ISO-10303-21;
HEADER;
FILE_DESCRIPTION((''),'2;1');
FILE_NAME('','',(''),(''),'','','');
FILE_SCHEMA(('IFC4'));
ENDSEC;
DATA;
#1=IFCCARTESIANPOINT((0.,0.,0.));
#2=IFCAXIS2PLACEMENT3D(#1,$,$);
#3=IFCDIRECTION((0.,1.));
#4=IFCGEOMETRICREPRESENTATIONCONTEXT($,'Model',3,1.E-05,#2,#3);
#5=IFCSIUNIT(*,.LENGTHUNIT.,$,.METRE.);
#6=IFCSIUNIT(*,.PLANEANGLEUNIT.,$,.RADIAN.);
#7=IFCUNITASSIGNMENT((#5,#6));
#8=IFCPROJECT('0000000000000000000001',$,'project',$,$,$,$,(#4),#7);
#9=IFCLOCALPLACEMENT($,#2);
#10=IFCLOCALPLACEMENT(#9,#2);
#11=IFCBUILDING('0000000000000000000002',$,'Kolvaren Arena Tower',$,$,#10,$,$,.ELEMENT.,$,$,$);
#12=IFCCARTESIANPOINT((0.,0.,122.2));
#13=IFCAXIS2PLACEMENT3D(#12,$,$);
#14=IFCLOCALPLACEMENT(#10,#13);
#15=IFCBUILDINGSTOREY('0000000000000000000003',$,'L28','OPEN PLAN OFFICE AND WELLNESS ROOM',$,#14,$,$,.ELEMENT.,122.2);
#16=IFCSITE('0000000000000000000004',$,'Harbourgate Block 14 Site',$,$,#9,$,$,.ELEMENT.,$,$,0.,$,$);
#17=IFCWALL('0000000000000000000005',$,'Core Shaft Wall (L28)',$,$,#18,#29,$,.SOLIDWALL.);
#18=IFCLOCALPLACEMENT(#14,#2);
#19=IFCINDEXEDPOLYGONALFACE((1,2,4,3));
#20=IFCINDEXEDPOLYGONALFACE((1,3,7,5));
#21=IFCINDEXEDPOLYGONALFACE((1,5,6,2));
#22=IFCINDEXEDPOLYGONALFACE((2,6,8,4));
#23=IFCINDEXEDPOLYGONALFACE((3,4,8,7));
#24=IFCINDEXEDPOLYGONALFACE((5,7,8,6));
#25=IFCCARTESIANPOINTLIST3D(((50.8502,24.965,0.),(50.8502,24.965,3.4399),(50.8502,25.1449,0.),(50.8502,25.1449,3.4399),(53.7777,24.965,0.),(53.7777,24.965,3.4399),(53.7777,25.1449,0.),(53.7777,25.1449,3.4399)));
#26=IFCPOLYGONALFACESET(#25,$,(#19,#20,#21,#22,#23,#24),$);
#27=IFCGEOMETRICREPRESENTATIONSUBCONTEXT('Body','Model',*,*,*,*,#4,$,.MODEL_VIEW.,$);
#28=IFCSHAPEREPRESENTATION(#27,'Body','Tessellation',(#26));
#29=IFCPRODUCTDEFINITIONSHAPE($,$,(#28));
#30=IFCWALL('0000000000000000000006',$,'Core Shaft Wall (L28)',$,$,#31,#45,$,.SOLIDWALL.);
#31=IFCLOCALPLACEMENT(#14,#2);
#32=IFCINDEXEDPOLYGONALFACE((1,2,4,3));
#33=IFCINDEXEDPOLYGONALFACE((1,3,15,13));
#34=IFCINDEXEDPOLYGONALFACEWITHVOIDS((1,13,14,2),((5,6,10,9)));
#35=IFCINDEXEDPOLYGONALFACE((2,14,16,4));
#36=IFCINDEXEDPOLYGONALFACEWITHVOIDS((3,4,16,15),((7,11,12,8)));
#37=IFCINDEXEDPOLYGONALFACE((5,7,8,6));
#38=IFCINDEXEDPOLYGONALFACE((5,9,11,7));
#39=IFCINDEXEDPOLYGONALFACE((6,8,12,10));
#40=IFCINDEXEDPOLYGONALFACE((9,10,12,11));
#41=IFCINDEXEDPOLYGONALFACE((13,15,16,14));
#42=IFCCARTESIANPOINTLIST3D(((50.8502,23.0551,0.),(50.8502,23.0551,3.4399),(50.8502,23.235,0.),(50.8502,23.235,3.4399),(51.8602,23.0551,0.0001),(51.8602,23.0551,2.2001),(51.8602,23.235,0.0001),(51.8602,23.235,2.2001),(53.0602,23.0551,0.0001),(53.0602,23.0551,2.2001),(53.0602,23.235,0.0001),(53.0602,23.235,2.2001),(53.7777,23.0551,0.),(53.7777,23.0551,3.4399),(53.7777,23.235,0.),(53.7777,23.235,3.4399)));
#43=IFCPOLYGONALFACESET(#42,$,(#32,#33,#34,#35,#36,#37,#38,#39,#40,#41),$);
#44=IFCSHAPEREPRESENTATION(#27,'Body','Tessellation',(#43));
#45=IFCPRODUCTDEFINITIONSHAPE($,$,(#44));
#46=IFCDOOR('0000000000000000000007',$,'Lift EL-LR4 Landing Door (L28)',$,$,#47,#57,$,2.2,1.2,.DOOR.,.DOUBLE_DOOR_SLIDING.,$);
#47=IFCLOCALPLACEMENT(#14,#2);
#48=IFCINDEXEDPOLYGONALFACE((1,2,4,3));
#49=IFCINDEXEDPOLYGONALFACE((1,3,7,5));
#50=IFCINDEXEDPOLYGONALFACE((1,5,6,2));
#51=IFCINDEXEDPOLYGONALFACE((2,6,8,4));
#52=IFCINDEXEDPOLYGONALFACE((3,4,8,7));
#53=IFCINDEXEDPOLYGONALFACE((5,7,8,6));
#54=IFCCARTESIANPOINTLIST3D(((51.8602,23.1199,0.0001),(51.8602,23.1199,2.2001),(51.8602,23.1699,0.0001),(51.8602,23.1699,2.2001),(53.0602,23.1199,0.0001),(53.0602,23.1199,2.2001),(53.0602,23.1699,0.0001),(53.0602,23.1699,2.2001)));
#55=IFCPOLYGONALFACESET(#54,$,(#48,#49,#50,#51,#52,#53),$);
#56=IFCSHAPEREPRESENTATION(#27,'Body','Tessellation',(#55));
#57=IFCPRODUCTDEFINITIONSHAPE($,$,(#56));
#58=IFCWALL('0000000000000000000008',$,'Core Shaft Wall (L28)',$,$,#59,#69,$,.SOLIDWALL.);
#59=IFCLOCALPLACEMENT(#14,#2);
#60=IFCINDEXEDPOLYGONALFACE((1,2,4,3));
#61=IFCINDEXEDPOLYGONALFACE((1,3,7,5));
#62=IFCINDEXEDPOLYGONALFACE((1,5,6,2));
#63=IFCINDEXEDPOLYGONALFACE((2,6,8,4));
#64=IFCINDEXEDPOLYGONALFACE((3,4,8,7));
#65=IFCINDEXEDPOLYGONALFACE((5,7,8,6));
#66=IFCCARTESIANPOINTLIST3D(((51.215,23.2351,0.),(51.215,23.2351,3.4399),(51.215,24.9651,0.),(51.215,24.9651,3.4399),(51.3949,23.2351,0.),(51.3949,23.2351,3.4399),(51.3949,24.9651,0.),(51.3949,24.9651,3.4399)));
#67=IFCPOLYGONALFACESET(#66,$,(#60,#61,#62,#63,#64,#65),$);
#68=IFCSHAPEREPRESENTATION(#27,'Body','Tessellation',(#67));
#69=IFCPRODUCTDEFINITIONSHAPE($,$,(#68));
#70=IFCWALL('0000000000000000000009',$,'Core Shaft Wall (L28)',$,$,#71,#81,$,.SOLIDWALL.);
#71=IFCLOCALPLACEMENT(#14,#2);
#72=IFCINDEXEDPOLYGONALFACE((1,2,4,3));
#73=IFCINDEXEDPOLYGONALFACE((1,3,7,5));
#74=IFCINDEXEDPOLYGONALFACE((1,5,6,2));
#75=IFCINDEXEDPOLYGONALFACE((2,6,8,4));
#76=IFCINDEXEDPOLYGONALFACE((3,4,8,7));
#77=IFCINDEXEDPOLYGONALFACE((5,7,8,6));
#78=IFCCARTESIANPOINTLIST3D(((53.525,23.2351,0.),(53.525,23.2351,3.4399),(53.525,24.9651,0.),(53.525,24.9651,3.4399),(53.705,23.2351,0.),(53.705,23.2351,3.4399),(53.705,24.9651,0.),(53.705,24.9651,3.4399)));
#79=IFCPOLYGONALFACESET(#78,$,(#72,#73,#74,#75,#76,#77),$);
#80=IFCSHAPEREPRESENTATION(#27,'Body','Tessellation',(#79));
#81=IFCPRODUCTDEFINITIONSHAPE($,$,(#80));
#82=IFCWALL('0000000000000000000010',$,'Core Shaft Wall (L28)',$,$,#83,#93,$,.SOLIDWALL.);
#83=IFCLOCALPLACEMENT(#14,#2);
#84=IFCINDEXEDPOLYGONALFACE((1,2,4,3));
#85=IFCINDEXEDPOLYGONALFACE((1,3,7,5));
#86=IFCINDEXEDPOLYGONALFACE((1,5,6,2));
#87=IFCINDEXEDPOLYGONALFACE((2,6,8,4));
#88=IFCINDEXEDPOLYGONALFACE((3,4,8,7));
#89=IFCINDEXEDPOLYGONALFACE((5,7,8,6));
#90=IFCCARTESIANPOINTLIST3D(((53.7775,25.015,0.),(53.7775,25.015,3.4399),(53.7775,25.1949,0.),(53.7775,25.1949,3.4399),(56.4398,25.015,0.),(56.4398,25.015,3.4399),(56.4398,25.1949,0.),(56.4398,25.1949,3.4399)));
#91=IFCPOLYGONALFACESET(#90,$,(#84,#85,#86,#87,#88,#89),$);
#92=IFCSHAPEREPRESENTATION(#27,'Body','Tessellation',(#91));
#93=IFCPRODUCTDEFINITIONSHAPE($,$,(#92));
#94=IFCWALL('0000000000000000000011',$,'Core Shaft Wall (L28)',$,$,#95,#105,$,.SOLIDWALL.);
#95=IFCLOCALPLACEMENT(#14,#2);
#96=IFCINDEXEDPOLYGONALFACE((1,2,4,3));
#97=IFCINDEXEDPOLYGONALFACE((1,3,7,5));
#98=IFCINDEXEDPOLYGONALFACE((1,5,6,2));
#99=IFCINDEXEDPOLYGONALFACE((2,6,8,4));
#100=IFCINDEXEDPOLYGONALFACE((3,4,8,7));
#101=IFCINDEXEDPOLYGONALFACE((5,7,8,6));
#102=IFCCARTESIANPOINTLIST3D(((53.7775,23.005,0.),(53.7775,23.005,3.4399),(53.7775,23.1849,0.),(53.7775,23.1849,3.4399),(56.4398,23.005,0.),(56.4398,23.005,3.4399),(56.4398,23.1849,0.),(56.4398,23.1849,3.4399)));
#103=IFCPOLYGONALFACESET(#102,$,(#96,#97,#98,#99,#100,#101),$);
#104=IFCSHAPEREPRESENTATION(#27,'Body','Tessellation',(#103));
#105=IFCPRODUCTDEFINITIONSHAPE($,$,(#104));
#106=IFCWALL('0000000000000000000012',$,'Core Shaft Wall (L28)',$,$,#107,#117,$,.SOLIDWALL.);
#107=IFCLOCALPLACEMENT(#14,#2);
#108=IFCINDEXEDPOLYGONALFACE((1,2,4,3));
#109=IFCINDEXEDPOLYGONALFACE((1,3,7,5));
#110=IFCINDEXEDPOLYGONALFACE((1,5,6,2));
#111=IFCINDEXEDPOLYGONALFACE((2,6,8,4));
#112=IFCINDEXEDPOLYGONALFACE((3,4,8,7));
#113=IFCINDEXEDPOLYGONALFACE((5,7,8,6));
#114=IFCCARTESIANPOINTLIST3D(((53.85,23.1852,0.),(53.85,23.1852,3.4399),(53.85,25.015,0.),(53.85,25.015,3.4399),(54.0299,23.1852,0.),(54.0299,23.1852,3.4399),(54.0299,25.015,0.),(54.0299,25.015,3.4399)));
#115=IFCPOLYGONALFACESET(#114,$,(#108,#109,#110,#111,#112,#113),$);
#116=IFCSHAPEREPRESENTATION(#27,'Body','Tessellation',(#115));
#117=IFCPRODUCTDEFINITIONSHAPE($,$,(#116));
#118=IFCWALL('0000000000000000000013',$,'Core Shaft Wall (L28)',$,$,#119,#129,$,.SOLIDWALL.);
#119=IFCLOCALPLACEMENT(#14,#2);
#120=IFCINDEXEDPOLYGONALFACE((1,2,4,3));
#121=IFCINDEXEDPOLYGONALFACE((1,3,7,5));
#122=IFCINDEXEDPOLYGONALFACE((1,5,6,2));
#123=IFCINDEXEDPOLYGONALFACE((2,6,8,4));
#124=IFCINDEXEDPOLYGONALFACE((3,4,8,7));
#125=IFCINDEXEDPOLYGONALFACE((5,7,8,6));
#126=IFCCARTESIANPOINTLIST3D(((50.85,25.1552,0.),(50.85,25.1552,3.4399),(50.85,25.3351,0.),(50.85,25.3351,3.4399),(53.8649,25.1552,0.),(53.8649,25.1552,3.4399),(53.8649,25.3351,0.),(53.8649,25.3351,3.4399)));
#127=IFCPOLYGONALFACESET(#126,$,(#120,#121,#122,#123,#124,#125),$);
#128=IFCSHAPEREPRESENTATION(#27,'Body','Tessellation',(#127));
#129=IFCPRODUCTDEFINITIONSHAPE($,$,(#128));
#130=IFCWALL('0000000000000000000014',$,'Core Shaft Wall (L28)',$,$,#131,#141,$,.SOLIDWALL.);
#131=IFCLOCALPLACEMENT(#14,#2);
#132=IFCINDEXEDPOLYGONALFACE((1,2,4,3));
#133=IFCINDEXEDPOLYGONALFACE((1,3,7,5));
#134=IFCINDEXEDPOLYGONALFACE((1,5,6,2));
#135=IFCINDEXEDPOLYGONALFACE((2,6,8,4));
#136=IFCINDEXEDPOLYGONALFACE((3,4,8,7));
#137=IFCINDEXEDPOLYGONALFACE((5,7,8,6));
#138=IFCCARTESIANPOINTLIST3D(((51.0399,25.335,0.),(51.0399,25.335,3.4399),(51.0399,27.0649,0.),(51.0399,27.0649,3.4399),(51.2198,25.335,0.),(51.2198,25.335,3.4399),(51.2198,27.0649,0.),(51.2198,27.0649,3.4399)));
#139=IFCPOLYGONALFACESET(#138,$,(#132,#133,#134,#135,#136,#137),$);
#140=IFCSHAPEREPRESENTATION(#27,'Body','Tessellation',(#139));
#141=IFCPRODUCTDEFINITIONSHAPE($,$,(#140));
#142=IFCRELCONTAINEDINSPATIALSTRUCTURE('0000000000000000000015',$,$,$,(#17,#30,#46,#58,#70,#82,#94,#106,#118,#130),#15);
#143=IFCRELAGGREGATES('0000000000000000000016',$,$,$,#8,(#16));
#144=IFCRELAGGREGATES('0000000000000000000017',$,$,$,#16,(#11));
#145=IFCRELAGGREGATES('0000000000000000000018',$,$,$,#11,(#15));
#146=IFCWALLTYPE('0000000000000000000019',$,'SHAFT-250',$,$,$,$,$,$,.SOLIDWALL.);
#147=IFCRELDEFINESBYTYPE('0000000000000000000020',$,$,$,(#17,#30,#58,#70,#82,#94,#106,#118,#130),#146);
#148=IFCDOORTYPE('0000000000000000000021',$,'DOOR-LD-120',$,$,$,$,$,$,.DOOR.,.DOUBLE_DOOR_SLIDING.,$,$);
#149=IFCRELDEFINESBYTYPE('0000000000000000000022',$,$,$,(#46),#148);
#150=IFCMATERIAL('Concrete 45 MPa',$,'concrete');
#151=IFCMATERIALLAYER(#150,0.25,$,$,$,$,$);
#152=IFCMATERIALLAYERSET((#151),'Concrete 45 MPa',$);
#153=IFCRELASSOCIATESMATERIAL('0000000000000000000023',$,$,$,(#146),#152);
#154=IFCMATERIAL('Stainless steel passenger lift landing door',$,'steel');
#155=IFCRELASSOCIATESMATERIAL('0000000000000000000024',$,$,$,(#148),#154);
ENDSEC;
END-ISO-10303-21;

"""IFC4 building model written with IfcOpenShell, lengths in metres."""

from ifc_helpers import new_model, si_unit, direction, frame, frame_2d, origin, place, context, subcontext, project, spatial, rectangle, extrude, material, layer, layer_set, type_object, element, fill, save


model = new_model("IFC4")

# Units and contexts
model_context = context("Model", 3, precision=1e-05, world=origin(), true_north=direction((0.0, 1.0)))
body_context = subcontext(model_context, "Body", "Model", "MODEL_VIEW")
ifc_project = project(units=[si_unit("LENGTHUNIT", "METRE"), si_unit("PLANEANGLEUNIT", "RADIAN")], contexts=[model_context])

# Site, building, storey
site_placement = place(None, origin())
site = spatial("IfcSite", under=ifc_project, at=site_placement, Name="Harbourgate Block 14 Site", CompositionType="ELEMENT", RefElevation=0.0)
building_placement = place(site_placement, origin())
building = spatial("IfcBuilding", under=site, at=building_placement, Name="Kolvaren Arena Tower", CompositionType="ELEMENT")
storey_placement = place(building_placement, frame((0.0, 0.0, 122.2)))
storey = spatial("IfcBuildingStorey", under=building, at=storey_placement, Name="L28", Description="OPEN PLAN OFFICE AND WELLNESS ROOM", CompositionType="ELEMENT", Elevation=122.2)

# Shared definitions
ifc_material_1 = material(Name="Concrete 45 MPa", Category="concrete")
ifc_layer_1 = layer(ifc_material_1, 0.25)
ifc_layer_set_1 = layer_set([ifc_layer_1], Name="Concrete 45 MPa")
wall_type_1 = type_object("IfcWallType", Name="SHAFT-250", PredefinedType="SOLIDWALL", material=ifc_layer_set_1)
ifc_material_2 = material(Name="Stainless steel passenger lift landing door", Category="steel")
door_type_1 = type_object("IfcDoorType", Name="DOOR-LD-120", OperationType="DOUBLE_DOOR_SLIDING", PredefinedType="DOOR", material=ifc_material_2)

# Wall
wall_1_placement = place(storey_placement, frame((50.8501, 25.0549, 0.0), z_axis=(0.0, 0.0, 1.0), x_axis=(1.0, 0.0, 0.0)))
element("IfcWall", 1, at=wall_1_placement, inside=storey, type_object=wall_type_1, Name="Core Shaft Wall (L28)", PredefinedType="SOLIDWALL", context=body_context, shape_type="SweptSolid", body=[
    extrude(rectangle(XDim=2.9275, YDim=0.1799, at=frame_2d((1.4639, 0.0))), origin(), (0.0, 0.0, 1.0), 3.4399),
])

# Wall, opening, door
wall_2_placement = place(storey_placement, frame((50.8501, 23.145, 0.0), z_axis=(0.0, 0.0, 1.0), x_axis=(1.0, 0.0, 0.0)))
wall_2 = element("IfcWall", 2, at=wall_2_placement, inside=storey, type_object=wall_type_1, Name="Core Shaft Wall (L28)", PredefinedType="SOLIDWALL", context=body_context, shape_type="SweptSolid", body=[
    extrude(rectangle(XDim=2.9275, YDim=0.1799, at=frame_2d((1.4639, 0.0))), origin(), (0.0, 0.0, 1.0), 3.4399),
])
opening_1_placement = place(wall_2_placement, frame((1.01, 0.0, 0.0)))
opening_1 = element("IfcOpeningElement", 3, at=opening_1_placement, cuts=wall_2, PredefinedType="OPENING", context=body_context, shape_type="SweptSolid", body=[
    extrude(rectangle(XDim=1.2, YDim=2.2, at=frame_2d((0.6001, 1.1001))), frame((0.0, 0.0999, 0.0), z_axis=(0.0, -1.0, 0.0), x_axis=(1.0, 0.0, 0.0)), (0.0, 0.0, 1.0), 0.2),
])
door_1_placement = place(opening_1_placement, origin())
door_1 = element("IfcDoor", 4, at=door_1_placement, inside=storey, type_object=door_type_1, Name="Lift EL-LR4 Landing Door (L28)", OperationType="DOUBLE_DOOR_SLIDING", OverallHeight=2.2, OverallWidth=1.2, PredefinedType="DOOR", context=body_context, shape_type="SweptSolid", body=[
    extrude(rectangle(XDim=1.2, YDim=2.2, at=frame_2d((0.6001, 1.1001))), frame((0.0, 0.0249, 0.0), z_axis=(0.0, -1.0, 0.0), x_axis=(1.0, 0.0, 0.0)), (0.0, 0.0, 1.0), 0.05),
])
fill(opening_1, door_1)

# Walls
for number, where, z_axis, x_axis, name in (
    (5, (51.3049, 23.2351, 0.0), (0.0, 0.0, 1.0), (0.0, 1.0, 0.0), "Core Shaft Wall (L28)"),
    (6, (53.615, 23.2351, 0.0), (0.0, 0.0, 1.0), (0.0, 1.0, 0.0), "Core Shaft Wall (L28)"),
):
    element("IfcWall", number, at=place(storey_placement, frame(where, z_axis=z_axis, x_axis=x_axis)), inside=storey, type_object=wall_type_1, Name=name, PredefinedType="SOLIDWALL", context=body_context, shape_type="SweptSolid", body=[
        extrude(rectangle(XDim=1.73, YDim=0.1799, at=frame_2d((0.865, 0.0))), origin(), (0.0, 0.0, 1.0), 3.4399),
    ])
for number, where, z_axis, x_axis, name in (
    (7, (53.7776, 25.105, 0.0), (0.0, 0.0, 1.0), (1.0, 0.0, 0.0), "Core Shaft Wall (L28)"),
    (8, (53.7776, 23.095, 0.0), (0.0, 0.0, 1.0), (1.0, 0.0, 0.0), "Core Shaft Wall (L28)"),
):
    element("IfcWall", number, at=place(storey_placement, frame(where, z_axis=z_axis, x_axis=x_axis)), inside=storey, type_object=wall_type_1, Name=name, PredefinedType="SOLIDWALL", context=body_context, shape_type="SweptSolid", body=[
        extrude(rectangle(XDim=2.6624, YDim=0.1799, at=frame_2d((1.3311, 0.0))), origin(), (0.0, 0.0, 1.0), 3.4399),
    ])
wall_3_placement = place(storey_placement, frame((53.9399, 23.1851, 0.0), z_axis=(0.0, 0.0, 1.0), x_axis=(0.0, 1.0, 0.0)))
element("IfcWall", 9, at=wall_3_placement, inside=storey, type_object=wall_type_1, Name="Core Shaft Wall (L28)", PredefinedType="SOLIDWALL", context=body_context, shape_type="SweptSolid", body=[
    extrude(rectangle(XDim=1.8298, YDim=0.1799, at=frame_2d((0.915, 0.0))), origin(), (0.0, 0.0, 1.0), 3.4399),
])
wall_4_placement = place(storey_placement, frame((50.8501, 25.2451, 0.0), z_axis=(0.0, 0.0, 1.0), x_axis=(1.0, 0.0, 0.0)))
element("IfcWall", 10, at=wall_4_placement, inside=storey, type_object=wall_type_1, Name="Core Shaft Wall (L28)", PredefinedType="SOLIDWALL", context=body_context, shape_type="SweptSolid", body=[
    extrude(rectangle(XDim=3.0149, YDim=0.1799, at=frame_2d((1.5073, 0.0))), origin(), (0.0, 0.0, 1.0), 3.4399),
])
wall_5_placement = place(storey_placement, frame((51.1299, 25.335, 0.0), z_axis=(0.0, 0.0, 1.0), x_axis=(0.0, 1.0, 0.0)))
element("IfcWall", 11, at=wall_5_placement, inside=storey, type_object=wall_type_1, Name="Core Shaft Wall (L28)", PredefinedType="SOLIDWALL", context=body_context, shape_type="SweptSolid", body=[
    extrude(rectangle(XDim=1.73, YDim=0.1799, at=frame_2d((0.865, 0.0))), origin(), (0.0, 0.0, 1.0), 3.4399),
])

save(model, "model.ifc")
